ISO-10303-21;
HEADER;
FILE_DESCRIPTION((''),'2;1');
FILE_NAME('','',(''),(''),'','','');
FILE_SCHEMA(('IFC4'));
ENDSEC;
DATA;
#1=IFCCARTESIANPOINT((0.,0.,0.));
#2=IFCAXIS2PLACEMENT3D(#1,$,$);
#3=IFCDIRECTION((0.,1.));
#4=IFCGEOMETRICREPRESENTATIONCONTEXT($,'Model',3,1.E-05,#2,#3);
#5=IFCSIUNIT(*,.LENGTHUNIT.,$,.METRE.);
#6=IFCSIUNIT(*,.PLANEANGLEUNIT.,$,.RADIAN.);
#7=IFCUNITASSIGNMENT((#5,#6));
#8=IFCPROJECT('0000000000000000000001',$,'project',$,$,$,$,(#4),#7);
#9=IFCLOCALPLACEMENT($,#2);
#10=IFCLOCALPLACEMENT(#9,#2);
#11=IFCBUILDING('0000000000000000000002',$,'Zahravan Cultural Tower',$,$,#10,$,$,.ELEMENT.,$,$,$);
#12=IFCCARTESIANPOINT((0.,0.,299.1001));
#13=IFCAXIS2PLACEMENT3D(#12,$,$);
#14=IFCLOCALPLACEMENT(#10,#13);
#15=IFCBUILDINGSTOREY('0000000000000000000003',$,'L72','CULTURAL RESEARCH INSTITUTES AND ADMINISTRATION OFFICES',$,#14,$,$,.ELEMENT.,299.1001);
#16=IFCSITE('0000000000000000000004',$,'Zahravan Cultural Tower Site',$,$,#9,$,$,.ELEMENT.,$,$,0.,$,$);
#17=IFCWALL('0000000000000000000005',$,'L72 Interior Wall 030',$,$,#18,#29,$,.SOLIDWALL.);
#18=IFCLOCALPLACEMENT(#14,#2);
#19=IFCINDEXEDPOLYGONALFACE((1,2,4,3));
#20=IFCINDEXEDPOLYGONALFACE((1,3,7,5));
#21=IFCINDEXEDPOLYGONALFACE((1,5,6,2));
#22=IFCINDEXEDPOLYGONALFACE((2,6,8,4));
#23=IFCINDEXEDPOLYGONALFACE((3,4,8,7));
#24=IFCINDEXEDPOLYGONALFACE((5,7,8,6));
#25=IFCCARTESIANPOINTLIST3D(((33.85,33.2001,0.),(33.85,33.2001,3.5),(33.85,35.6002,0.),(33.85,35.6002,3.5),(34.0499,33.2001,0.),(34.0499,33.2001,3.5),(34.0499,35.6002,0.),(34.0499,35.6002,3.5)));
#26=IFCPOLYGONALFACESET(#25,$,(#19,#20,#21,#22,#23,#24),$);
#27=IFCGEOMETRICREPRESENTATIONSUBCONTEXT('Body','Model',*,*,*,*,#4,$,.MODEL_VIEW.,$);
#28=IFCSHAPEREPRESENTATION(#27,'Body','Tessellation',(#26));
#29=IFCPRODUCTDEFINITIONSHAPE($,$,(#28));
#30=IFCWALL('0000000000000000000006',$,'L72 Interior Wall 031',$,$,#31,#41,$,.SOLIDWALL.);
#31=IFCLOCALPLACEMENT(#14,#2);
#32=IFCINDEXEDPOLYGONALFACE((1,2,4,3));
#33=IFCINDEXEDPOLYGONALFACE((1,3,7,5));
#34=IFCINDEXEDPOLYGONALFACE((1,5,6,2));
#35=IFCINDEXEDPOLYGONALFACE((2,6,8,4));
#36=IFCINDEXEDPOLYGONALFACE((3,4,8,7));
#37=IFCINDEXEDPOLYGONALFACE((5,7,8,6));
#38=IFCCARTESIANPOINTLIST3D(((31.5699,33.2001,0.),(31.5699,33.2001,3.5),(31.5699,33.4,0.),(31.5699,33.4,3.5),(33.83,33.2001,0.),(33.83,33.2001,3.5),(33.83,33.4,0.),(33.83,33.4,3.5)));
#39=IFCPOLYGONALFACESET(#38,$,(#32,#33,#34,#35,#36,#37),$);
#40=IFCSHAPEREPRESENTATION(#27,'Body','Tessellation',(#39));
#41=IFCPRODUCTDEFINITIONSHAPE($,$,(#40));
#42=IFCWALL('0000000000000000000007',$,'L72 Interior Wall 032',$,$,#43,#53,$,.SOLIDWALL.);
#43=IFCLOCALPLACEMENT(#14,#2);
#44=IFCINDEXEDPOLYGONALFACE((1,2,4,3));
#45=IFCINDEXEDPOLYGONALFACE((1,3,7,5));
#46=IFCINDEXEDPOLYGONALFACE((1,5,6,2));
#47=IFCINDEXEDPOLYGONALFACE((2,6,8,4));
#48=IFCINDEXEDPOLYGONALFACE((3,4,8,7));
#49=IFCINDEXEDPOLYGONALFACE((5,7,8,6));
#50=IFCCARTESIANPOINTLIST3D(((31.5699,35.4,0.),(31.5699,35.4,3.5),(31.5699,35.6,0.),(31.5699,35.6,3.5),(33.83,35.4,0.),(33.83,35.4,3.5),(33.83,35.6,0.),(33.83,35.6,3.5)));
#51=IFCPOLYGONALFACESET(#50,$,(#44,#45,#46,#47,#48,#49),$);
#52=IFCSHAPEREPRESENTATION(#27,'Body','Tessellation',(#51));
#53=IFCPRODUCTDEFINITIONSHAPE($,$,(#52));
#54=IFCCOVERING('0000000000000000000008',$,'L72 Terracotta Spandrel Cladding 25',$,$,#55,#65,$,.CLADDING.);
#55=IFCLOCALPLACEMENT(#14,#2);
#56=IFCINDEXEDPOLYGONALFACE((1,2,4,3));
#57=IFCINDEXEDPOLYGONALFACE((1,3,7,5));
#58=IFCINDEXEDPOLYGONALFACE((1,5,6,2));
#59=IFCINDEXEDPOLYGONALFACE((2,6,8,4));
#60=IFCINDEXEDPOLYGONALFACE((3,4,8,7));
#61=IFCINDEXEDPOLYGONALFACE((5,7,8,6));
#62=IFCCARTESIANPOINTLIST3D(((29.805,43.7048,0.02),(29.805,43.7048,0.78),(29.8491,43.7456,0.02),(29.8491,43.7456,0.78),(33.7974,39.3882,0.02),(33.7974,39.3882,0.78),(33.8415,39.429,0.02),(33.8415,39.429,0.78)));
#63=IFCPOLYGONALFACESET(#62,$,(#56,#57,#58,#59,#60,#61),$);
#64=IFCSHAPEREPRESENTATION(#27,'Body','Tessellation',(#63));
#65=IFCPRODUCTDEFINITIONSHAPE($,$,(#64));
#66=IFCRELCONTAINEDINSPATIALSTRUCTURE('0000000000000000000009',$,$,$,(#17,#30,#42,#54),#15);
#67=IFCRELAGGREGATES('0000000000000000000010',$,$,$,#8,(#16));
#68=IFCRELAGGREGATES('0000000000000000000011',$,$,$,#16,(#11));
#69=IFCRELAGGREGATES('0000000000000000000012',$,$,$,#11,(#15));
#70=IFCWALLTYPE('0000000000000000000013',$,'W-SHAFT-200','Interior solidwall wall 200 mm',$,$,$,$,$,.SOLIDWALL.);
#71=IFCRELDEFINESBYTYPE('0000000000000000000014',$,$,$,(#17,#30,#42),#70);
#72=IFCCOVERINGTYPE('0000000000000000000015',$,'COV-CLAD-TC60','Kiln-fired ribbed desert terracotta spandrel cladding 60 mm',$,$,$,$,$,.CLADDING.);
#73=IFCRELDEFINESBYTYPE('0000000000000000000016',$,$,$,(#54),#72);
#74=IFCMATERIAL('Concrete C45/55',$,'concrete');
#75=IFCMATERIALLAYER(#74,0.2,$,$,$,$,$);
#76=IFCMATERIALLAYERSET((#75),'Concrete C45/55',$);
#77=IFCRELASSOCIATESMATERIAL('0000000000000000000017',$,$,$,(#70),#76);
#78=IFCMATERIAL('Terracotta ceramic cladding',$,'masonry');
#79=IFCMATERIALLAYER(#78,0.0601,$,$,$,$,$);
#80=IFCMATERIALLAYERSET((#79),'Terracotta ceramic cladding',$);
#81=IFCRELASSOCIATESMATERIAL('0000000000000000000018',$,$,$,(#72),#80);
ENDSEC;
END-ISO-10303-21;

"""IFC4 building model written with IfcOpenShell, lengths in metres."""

from ifc_helpers import new_model, si_unit, direction, frame, frame_2d, origin, origin_2d, place, context, subcontext, project, spatial, rectangle, extrude, source, transform, mapped, material, layer, layer_set, type_object, element, save


model = new_model("IFC4")

# Units and contexts
model_context = context("Model", 3, precision=1e-05, world=origin(), true_north=direction((0.0, 1.0)))
body_context = subcontext(model_context, "Body", "Model", "MODEL_VIEW")
ifc_project = project(units=[si_unit("LENGTHUNIT", "METRE"), si_unit("PLANEANGLEUNIT", "RADIAN")], contexts=[model_context])

# Site, building, storey
site_placement = place(None, origin())
site = spatial("IfcSite", under=ifc_project, at=site_placement, Name="Zahravan Cultural Tower Site", CompositionType="ELEMENT", RefElevation=0.0)
building_placement = place(site_placement, origin())
building = spatial("IfcBuilding", under=site, at=building_placement, Name="Zahravan Cultural Tower", CompositionType="ELEMENT")
storey_placement = place(building_placement, frame((0.0, 0.0, 299.1001)))
storey = spatial("IfcBuildingStorey", under=building, at=storey_placement, Name="L72", Description="CULTURAL RESEARCH INSTITUTES AND ADMINISTRATION OFFICES", CompositionType="ELEMENT", Elevation=299.1001)

# Shared definitions
ifc_material_1 = material(Name="Concrete C45/55", Category="concrete")

# Shared definitions
ifc_layer_1 = layer(ifc_material_1, 0.2)
ifc_layer_set_1 = layer_set([ifc_layer_1], Name="Concrete C45/55")
wall_type_1 = type_object("IfcWallType", Name="W-SHAFT-200", Description="Interior solidwall wall 200 mm", PredefinedType="SOLIDWALL", material=ifc_layer_set_1)

# Walls
shared_shape_1 = source(origin(), body_context, "Body", "SweptSolid", [
    extrude(rectangle(XDim=2.4001, YDim=0.2, at=frame_2d((1.2002, 0.0))), origin(), (0.0, 0.0, 1.0), 3.5),
])
wall_1_placement = place(storey_placement, frame((33.95, 33.2, 0.0), z_axis=(0.0, 0.0, 1.0), x_axis=(0.0, 1.0, 0.0)))
element("IfcWall", 1, at=wall_1_placement, inside=storey, type_object=wall_type_1, Name="L72 Interior Wall 030", PredefinedType="SOLIDWALL", context=body_context, shape_type="MappedRepresentation", body=[
    mapped(shared_shape_1, transform((0.0, 0.0, 0.0), x_axis=(1.0, 0.0, 0.0), y_axis=(0.0, 1.0, 0.0), z_axis=(0.0, 0.0, 1.0), scale=1.0)),
])
shared_shape_2 = source(origin(), body_context, "Body", "SweptSolid", [
    extrude(rectangle(XDim=2.26, YDim=0.2, at=frame_2d((1.1299, 0.0))), origin(), (0.0, 0.0, 1.0), 3.5),
])
for number, where, z_axis, x_axis, name in (
    (2, (31.5701, 33.3, 0.0), (0.0, 0.0, 1.0), (1.0, 0.0, 0.0), "L72 Interior Wall 031"),
    (3, (31.5701, 35.5, 0.0), (0.0, 0.0, 1.0), (1.0, 0.0, 0.0), "L72 Interior Wall 032"),
):
    element("IfcWall", number, at=place(storey_placement, frame(where, z_axis=z_axis, x_axis=x_axis)), inside=storey, type_object=wall_type_1, Name=name, PredefinedType="SOLIDWALL", context=body_context, shape_type="MappedRepresentation", body=[
        mapped(shared_shape_2, transform((0.0, 0.0, 0.0), x_axis=(1.0, 0.0, 0.0), y_axis=(0.0, 1.0, 0.0), z_axis=(0.0, 0.0, 1.0), scale=1.0)),
    ])

# Covering
ifc_material_2 = material(Name="Terracotta ceramic cladding", Category="masonry")
ifc_layer_2 = layer(ifc_material_2, 0.0601)
ifc_layer_set_2 = layer_set([ifc_layer_2], Name="Terracotta ceramic cladding")
covering_type = type_object("IfcCoveringType", Name="COV-CLAD-TC60", Description="Kiln-fired ribbed desert terracotta spandrel cladding 60 mm", PredefinedType="CLADDING", material=ifc_layer_set_2)
shared_shape_3 = source(origin(), body_context, "Body", "SweptSolid", [
    extrude(rectangle(XDim=5.8799, YDim=0.0601, at=origin_2d()), origin(), (0.0, 0.0, 1.0), 0.76),
])
covering_placement = place(storey_placement, frame((31.8232, 41.5669, 0.02), z_axis=(0.0, 0.0, 1.0), x_axis=(0.679006, -0.734133, 0.0)))
element("IfcCovering", 4, at=covering_placement, inside=storey, type_object=covering_type, Name="L72 Terracotta Spandrel Cladding 25", PredefinedType="CLADDING", context=body_context, shape_type="MappedRepresentation", body=[
    mapped(shared_shape_3, transform((0.0, 0.0, 0.0), x_axis=(1.0, 0.0, 0.0), y_axis=(0.0, 1.0, 0.0), z_axis=(0.0, 0.0, 1.0), scale=1.0)),
])

save(model, "model.ifc")
